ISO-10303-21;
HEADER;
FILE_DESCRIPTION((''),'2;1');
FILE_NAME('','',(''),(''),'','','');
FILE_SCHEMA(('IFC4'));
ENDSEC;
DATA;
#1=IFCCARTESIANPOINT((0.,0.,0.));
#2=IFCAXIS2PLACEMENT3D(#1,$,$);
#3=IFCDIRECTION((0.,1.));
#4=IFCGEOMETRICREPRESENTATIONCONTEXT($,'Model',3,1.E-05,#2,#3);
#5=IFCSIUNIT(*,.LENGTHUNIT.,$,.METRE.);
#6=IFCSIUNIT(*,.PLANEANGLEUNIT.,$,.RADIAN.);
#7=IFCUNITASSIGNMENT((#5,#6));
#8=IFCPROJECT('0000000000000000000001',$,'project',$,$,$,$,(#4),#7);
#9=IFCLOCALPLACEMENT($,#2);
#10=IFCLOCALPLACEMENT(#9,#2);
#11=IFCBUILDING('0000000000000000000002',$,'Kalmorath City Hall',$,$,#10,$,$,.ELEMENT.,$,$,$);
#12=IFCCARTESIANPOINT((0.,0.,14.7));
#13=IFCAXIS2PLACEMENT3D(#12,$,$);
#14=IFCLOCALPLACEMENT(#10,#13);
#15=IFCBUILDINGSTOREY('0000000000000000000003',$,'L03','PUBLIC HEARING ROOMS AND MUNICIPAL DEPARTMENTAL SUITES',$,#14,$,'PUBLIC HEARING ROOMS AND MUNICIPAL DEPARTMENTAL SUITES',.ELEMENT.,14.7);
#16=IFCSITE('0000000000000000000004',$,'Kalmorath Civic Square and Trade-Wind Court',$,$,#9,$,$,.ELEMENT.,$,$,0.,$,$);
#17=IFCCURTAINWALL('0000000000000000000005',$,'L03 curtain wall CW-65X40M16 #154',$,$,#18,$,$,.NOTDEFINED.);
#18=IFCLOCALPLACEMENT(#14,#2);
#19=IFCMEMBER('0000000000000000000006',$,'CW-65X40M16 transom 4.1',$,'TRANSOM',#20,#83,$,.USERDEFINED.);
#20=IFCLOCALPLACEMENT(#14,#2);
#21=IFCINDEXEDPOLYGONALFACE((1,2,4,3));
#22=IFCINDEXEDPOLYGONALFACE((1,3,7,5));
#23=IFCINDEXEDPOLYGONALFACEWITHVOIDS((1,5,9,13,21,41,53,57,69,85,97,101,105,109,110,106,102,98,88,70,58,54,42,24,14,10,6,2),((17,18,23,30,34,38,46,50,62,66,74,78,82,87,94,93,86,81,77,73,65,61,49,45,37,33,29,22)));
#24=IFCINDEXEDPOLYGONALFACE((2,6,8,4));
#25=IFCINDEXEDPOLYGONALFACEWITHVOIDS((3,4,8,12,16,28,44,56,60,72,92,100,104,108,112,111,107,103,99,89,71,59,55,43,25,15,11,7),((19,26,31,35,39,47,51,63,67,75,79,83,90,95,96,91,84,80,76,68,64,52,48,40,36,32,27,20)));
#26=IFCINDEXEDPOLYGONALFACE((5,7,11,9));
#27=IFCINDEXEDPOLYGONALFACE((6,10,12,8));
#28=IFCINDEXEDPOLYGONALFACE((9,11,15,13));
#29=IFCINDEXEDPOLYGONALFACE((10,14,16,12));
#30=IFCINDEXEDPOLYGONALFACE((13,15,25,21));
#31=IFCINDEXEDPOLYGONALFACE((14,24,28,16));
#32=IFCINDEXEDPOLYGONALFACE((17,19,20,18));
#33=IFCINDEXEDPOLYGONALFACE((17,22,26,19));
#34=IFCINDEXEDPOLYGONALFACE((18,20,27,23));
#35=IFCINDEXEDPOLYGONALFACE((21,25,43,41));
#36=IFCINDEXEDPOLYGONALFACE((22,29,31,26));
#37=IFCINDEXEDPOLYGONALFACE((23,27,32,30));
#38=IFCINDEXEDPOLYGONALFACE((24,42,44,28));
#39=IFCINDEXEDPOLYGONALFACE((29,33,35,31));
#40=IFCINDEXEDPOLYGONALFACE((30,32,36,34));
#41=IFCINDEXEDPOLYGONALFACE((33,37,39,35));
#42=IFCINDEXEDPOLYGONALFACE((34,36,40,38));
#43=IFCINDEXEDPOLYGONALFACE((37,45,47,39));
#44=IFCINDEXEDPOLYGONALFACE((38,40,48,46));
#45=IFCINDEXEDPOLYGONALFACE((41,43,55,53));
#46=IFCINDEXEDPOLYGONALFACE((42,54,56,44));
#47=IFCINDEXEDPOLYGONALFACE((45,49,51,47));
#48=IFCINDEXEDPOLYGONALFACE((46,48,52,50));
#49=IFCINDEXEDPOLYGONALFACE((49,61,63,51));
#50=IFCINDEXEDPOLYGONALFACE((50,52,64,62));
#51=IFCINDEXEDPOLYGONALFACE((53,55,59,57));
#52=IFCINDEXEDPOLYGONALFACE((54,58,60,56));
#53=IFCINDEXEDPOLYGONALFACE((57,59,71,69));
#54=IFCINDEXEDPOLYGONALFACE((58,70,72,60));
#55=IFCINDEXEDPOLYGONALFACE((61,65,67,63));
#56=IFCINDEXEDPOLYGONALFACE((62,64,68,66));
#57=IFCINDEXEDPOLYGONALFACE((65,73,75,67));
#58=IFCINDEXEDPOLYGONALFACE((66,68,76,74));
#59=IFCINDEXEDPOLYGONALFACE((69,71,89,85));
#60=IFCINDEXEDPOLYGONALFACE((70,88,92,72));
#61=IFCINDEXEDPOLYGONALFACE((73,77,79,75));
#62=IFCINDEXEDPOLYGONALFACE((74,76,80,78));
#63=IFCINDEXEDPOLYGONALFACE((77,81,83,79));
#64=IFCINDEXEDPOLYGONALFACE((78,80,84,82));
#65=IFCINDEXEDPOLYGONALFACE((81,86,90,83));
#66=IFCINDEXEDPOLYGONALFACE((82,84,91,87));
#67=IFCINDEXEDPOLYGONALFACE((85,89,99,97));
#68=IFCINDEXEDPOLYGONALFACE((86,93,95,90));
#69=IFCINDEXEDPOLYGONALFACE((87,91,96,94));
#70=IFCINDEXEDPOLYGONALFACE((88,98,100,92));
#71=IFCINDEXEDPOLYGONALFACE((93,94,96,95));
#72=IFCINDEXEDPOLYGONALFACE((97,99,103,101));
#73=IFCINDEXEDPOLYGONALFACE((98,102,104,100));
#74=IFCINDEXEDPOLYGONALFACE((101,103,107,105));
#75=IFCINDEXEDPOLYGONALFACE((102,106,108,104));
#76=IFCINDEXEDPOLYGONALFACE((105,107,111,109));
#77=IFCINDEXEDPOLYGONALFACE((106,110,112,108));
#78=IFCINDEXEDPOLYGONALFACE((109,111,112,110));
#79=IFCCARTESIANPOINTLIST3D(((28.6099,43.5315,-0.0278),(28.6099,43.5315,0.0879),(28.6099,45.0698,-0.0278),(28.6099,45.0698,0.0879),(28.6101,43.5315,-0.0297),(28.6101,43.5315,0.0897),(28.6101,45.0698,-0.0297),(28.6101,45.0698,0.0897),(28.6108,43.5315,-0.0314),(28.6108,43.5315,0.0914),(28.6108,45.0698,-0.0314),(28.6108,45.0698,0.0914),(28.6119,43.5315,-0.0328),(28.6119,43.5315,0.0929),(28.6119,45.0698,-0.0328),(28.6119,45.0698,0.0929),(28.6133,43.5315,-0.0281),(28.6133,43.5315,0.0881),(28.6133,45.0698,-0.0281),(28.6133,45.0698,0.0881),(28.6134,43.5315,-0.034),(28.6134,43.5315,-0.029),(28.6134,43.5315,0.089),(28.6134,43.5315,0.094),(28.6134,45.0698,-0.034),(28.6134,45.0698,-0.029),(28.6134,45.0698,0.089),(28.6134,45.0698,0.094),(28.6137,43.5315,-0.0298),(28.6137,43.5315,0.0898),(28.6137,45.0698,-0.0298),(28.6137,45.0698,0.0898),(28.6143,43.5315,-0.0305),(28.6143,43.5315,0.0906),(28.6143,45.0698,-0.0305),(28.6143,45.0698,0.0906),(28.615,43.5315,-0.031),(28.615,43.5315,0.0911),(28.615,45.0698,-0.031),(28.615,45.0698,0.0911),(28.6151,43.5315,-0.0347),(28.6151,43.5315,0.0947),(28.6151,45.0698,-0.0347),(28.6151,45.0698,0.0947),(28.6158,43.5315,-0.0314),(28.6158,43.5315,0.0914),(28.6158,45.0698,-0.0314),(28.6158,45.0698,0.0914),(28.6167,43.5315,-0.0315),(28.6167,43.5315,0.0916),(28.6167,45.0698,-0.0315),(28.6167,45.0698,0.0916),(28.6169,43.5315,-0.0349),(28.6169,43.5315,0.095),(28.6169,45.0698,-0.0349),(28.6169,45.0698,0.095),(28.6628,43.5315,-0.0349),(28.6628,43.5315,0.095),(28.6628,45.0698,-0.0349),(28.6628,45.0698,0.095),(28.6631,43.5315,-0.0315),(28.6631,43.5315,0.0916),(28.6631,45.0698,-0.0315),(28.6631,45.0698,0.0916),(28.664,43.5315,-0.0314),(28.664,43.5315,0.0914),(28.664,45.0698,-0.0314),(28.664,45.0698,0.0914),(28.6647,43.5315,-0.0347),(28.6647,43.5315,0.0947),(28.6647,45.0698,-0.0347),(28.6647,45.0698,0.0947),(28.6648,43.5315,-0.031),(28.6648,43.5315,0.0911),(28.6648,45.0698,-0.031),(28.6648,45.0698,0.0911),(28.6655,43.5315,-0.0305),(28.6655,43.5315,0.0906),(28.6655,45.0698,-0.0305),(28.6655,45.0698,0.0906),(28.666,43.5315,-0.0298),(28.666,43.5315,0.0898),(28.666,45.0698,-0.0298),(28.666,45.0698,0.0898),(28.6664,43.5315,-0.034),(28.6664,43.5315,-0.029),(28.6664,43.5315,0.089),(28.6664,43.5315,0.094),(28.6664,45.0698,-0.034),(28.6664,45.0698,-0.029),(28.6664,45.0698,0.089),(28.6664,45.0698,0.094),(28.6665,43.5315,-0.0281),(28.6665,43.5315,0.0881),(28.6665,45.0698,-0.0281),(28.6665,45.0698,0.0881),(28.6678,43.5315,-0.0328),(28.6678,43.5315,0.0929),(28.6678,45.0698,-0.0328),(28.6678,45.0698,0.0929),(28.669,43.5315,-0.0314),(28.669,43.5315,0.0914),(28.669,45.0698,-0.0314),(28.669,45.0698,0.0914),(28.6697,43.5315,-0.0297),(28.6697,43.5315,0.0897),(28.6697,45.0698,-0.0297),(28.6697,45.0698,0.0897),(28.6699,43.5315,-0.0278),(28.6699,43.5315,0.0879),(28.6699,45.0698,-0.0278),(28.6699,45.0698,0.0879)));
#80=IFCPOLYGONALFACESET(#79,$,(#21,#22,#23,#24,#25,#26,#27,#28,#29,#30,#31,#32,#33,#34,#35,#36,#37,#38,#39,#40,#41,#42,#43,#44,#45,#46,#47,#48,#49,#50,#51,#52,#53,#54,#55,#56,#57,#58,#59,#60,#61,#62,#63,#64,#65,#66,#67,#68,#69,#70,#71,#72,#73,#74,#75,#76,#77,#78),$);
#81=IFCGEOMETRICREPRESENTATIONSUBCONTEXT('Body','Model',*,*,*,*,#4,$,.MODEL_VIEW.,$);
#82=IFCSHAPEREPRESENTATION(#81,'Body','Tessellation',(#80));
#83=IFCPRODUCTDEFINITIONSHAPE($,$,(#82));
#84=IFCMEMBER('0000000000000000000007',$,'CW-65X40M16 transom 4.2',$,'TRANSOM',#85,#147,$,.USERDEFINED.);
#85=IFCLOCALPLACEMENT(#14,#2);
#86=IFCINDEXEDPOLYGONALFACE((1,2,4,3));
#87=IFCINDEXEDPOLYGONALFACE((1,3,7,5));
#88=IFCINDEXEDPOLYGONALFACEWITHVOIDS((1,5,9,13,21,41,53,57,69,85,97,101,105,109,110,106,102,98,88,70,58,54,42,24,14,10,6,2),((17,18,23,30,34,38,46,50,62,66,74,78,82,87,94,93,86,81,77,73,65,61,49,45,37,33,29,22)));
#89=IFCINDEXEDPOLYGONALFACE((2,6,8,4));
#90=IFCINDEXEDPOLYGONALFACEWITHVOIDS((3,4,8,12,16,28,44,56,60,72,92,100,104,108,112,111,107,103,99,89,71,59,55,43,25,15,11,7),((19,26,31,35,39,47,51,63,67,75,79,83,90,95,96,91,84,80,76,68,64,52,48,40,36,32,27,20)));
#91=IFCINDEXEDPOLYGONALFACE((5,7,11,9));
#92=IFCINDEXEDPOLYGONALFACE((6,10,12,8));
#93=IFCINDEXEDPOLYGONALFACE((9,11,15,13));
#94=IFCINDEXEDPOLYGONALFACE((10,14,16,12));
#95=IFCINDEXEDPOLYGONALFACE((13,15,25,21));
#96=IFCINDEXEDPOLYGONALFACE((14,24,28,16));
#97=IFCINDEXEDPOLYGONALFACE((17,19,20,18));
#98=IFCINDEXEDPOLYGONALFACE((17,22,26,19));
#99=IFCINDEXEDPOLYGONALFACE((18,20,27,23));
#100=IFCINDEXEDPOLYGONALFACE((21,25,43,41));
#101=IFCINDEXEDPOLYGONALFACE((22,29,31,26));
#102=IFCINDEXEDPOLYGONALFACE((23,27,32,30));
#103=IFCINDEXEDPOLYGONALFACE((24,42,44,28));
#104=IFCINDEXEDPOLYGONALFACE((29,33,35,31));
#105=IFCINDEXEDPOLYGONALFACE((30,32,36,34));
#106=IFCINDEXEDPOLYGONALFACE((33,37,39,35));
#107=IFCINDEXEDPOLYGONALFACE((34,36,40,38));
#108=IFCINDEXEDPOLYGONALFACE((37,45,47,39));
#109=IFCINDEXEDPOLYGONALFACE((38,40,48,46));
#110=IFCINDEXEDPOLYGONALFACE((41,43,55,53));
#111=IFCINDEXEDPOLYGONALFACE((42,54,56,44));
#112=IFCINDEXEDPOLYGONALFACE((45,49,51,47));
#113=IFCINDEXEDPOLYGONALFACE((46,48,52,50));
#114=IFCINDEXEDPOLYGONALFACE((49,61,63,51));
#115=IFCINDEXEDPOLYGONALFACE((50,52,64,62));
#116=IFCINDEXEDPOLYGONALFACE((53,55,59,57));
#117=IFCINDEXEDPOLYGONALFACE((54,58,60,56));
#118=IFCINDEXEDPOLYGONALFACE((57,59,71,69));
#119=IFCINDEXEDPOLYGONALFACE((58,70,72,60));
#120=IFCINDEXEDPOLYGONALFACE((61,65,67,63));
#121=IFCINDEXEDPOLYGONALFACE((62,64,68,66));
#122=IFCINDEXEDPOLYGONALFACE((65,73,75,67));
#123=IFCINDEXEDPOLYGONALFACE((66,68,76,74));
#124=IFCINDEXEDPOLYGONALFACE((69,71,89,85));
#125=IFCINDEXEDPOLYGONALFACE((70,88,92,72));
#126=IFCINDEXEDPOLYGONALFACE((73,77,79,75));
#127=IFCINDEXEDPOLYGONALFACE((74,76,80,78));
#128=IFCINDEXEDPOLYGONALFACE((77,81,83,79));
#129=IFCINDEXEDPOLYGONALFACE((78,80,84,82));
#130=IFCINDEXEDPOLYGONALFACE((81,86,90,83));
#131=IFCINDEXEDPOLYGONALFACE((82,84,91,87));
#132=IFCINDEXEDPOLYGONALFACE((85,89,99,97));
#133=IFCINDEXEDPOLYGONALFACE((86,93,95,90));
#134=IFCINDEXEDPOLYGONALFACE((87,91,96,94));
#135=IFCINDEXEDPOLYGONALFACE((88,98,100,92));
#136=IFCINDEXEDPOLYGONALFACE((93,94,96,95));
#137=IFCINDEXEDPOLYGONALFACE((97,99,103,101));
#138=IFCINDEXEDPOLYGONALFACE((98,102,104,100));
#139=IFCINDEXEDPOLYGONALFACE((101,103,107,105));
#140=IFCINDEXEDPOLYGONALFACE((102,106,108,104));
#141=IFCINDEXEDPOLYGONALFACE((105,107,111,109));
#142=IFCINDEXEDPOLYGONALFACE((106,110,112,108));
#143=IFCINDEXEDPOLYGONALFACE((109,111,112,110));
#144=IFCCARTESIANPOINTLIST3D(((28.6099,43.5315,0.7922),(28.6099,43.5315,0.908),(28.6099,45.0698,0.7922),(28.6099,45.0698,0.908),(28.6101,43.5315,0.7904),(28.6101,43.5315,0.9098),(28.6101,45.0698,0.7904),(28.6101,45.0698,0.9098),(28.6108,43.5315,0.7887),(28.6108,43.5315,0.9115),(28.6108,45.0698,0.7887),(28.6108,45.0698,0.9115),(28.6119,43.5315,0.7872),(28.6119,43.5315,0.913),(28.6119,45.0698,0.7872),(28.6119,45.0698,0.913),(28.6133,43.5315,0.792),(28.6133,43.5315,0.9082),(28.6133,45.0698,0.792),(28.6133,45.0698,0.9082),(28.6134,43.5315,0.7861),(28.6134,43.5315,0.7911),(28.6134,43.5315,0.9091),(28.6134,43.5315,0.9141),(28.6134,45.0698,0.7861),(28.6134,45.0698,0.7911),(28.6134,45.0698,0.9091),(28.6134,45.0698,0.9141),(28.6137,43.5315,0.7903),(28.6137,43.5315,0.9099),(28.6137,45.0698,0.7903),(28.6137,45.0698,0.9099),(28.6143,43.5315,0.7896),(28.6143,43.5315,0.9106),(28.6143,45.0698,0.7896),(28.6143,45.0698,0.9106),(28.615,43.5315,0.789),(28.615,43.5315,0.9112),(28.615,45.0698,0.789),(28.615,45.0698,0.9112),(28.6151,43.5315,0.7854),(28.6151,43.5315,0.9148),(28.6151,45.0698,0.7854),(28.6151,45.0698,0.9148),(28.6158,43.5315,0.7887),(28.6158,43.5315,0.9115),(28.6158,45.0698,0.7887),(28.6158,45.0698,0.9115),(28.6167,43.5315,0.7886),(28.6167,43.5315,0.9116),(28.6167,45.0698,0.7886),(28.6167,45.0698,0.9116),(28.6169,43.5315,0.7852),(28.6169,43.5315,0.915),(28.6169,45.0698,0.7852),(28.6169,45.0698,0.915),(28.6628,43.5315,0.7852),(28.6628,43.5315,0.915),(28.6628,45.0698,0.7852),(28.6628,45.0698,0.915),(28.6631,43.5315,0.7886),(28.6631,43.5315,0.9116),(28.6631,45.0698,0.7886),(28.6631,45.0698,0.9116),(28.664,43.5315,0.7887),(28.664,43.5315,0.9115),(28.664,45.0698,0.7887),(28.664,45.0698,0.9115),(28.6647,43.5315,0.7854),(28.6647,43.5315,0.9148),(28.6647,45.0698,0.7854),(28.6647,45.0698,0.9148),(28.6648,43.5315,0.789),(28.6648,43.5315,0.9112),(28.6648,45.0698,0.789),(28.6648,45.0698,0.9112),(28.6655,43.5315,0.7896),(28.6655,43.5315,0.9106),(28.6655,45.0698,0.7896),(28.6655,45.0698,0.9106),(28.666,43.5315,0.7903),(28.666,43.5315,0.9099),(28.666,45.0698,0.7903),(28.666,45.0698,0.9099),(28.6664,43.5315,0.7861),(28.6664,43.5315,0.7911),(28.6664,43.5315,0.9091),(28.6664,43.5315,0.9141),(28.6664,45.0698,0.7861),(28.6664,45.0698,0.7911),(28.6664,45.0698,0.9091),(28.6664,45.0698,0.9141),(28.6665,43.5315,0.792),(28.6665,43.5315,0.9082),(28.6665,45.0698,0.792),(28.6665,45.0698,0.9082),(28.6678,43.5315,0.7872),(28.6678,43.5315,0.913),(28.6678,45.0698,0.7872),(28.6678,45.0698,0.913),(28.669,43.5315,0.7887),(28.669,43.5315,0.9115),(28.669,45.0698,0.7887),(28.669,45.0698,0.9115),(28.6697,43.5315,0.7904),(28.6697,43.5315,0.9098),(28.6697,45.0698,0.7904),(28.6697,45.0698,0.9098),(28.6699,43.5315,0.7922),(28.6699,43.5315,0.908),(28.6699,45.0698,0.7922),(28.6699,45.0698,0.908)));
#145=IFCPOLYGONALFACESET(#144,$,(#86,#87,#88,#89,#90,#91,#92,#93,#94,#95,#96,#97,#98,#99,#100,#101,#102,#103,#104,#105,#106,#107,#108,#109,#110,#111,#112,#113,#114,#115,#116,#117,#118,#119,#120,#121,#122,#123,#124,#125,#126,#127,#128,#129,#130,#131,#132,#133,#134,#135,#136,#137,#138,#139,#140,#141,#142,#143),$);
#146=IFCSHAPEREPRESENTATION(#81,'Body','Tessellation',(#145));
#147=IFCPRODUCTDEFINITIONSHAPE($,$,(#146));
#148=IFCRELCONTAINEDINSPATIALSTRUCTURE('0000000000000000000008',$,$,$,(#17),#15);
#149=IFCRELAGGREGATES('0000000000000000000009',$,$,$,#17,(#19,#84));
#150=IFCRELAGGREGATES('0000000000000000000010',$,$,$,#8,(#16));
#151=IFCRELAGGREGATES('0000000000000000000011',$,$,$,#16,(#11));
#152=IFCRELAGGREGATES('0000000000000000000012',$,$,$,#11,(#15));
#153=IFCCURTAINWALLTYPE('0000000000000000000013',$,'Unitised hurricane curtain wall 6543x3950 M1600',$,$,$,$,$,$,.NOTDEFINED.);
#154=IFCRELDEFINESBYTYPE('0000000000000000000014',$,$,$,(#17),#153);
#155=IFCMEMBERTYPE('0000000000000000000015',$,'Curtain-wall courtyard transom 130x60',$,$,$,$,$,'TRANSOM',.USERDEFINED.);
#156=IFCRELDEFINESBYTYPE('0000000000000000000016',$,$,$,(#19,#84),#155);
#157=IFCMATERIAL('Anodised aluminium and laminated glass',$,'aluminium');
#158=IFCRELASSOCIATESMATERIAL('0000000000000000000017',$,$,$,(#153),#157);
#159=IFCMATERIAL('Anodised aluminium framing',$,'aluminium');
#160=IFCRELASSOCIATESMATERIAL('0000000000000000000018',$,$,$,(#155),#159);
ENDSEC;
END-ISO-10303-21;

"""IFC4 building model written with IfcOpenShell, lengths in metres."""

from ifc_helpers import new_model, si_unit, direction, frame, origin, origin_2d, place, context, subcontext, project, spatial, hollow_rectangle, extrude, material, material_profile, profile_set, type_object, element, aggregate, save


model = new_model("IFC4")

# Units and contexts
model_context = context("Model", 3, precision=1e-05, world=origin(), true_north=direction((0.0, 1.0)))
body_context = subcontext(model_context, "Body", "Model", "MODEL_VIEW")
ifc_project = project(units=[si_unit("LENGTHUNIT", "METRE"), si_unit("PLANEANGLEUNIT", "RADIAN")], contexts=[model_context])

# Site, building, storey
site_placement = place(None, origin())
site = spatial("IfcSite", under=ifc_project, at=site_placement, Name="Kalmorath Civic Square and Trade-Wind Court", CompositionType="ELEMENT", RefElevation=0.0)
building_placement = place(site_placement, origin())
building = spatial("IfcBuilding", under=site, at=building_placement, Name="Kalmorath City Hall", CompositionType="ELEMENT")
storey_placement = place(building_placement, frame((0.0, 0.0, 14.7)))
storey = spatial("IfcBuildingStorey", under=building, at=storey_placement, Name="L03", Description="PUBLIC HEARING ROOMS AND MUNICIPAL DEPARTMENTAL SUITES", LongName="PUBLIC HEARING ROOMS AND MUNICIPAL DEPARTMENTAL SUITES", CompositionType="ELEMENT", Elevation=14.7)

# Curtain wall, members
ifc_material_1 = material(Name="Anodised aluminium and laminated glass", Category="aluminium")
curtain_wall_type = type_object("IfcCurtainWallType", Name="Unitised hurricane curtain wall 6543x3950 M1600", PredefinedType="NOTDEFINED", material=ifc_material_1)
curtain_wall_placement = place(storey_placement, origin())
curtain_wall = element("IfcCurtainWall", 1, at=curtain_wall_placement, inside=storey, type_object=curtain_wall_type, Name="L03 curtain wall CW-65X40M16 #154", PredefinedType="NOTDEFINED")
ifc_material_2 = material(Name="Anodised aluminium framing", Category="aluminium")
ifc_material_profile_1 = material_profile(ifc_material_2, hollow_rectangle(XDim=0.0601, YDim=0.1299, WallThickness=0.0034, InnerFilletRadius=0.0034, OuterFilletRadius=0.0071, at=origin_2d()), Name="ALU-TRN-130X60X3.5")
ifc_profile_set_1 = profile_set([ifc_material_profile_1], Name="Anodised aluminium framing")
member_type_1 = type_object("IfcMemberType", Name="Curtain-wall courtyard transom 130x60", ElementType="TRANSOM", PredefinedType="USERDEFINED", material=ifc_profile_set_1)
member_1_placement = place(storey_placement, frame((28.6399, 45.0698, 0.03), z_axis=(0.0, -1.0, 0.0), x_axis=(1.0, 0.0, 0.0)))
member_1 = element("IfcMember", 2, at=member_1_placement, type_object=member_type_1, Name="CW-65X40M16 transom 4.1", ObjectType="TRANSOM", PredefinedType="USERDEFINED", context=body_context, shape_type="SweptSolid", body=[
    extrude(hollow_rectangle(XDim=0.0601, YDim=0.1299, WallThickness=0.0034, InnerFilletRadius=0.0034, OuterFilletRadius=0.0071, at=origin_2d()), origin(), (0.0, 0.0, 1.0), 1.5383),
])
member_2_placement = place(storey_placement, frame((28.6399, 45.0698, 0.8501), z_axis=(0.0, -1.0, 0.0), x_axis=(1.0, 0.0, 0.0)))
member_2 = element("IfcMember", 3, at=member_2_placement, type_object=member_type_1, Name="CW-65X40M16 transom 4.2", ObjectType="TRANSOM", PredefinedType="USERDEFINED", context=body_context, shape_type="SweptSolid", body=[
    extrude(hollow_rectangle(XDim=0.0601, YDim=0.1299, WallThickness=0.0034, InnerFilletRadius=0.0034, OuterFilletRadius=0.0071, at=origin_2d()), origin(), (0.0, 0.0, 1.0), 1.5383),
])

aggregate(curtain_wall, [member_1, member_2])

save(model, "model.ifc")
